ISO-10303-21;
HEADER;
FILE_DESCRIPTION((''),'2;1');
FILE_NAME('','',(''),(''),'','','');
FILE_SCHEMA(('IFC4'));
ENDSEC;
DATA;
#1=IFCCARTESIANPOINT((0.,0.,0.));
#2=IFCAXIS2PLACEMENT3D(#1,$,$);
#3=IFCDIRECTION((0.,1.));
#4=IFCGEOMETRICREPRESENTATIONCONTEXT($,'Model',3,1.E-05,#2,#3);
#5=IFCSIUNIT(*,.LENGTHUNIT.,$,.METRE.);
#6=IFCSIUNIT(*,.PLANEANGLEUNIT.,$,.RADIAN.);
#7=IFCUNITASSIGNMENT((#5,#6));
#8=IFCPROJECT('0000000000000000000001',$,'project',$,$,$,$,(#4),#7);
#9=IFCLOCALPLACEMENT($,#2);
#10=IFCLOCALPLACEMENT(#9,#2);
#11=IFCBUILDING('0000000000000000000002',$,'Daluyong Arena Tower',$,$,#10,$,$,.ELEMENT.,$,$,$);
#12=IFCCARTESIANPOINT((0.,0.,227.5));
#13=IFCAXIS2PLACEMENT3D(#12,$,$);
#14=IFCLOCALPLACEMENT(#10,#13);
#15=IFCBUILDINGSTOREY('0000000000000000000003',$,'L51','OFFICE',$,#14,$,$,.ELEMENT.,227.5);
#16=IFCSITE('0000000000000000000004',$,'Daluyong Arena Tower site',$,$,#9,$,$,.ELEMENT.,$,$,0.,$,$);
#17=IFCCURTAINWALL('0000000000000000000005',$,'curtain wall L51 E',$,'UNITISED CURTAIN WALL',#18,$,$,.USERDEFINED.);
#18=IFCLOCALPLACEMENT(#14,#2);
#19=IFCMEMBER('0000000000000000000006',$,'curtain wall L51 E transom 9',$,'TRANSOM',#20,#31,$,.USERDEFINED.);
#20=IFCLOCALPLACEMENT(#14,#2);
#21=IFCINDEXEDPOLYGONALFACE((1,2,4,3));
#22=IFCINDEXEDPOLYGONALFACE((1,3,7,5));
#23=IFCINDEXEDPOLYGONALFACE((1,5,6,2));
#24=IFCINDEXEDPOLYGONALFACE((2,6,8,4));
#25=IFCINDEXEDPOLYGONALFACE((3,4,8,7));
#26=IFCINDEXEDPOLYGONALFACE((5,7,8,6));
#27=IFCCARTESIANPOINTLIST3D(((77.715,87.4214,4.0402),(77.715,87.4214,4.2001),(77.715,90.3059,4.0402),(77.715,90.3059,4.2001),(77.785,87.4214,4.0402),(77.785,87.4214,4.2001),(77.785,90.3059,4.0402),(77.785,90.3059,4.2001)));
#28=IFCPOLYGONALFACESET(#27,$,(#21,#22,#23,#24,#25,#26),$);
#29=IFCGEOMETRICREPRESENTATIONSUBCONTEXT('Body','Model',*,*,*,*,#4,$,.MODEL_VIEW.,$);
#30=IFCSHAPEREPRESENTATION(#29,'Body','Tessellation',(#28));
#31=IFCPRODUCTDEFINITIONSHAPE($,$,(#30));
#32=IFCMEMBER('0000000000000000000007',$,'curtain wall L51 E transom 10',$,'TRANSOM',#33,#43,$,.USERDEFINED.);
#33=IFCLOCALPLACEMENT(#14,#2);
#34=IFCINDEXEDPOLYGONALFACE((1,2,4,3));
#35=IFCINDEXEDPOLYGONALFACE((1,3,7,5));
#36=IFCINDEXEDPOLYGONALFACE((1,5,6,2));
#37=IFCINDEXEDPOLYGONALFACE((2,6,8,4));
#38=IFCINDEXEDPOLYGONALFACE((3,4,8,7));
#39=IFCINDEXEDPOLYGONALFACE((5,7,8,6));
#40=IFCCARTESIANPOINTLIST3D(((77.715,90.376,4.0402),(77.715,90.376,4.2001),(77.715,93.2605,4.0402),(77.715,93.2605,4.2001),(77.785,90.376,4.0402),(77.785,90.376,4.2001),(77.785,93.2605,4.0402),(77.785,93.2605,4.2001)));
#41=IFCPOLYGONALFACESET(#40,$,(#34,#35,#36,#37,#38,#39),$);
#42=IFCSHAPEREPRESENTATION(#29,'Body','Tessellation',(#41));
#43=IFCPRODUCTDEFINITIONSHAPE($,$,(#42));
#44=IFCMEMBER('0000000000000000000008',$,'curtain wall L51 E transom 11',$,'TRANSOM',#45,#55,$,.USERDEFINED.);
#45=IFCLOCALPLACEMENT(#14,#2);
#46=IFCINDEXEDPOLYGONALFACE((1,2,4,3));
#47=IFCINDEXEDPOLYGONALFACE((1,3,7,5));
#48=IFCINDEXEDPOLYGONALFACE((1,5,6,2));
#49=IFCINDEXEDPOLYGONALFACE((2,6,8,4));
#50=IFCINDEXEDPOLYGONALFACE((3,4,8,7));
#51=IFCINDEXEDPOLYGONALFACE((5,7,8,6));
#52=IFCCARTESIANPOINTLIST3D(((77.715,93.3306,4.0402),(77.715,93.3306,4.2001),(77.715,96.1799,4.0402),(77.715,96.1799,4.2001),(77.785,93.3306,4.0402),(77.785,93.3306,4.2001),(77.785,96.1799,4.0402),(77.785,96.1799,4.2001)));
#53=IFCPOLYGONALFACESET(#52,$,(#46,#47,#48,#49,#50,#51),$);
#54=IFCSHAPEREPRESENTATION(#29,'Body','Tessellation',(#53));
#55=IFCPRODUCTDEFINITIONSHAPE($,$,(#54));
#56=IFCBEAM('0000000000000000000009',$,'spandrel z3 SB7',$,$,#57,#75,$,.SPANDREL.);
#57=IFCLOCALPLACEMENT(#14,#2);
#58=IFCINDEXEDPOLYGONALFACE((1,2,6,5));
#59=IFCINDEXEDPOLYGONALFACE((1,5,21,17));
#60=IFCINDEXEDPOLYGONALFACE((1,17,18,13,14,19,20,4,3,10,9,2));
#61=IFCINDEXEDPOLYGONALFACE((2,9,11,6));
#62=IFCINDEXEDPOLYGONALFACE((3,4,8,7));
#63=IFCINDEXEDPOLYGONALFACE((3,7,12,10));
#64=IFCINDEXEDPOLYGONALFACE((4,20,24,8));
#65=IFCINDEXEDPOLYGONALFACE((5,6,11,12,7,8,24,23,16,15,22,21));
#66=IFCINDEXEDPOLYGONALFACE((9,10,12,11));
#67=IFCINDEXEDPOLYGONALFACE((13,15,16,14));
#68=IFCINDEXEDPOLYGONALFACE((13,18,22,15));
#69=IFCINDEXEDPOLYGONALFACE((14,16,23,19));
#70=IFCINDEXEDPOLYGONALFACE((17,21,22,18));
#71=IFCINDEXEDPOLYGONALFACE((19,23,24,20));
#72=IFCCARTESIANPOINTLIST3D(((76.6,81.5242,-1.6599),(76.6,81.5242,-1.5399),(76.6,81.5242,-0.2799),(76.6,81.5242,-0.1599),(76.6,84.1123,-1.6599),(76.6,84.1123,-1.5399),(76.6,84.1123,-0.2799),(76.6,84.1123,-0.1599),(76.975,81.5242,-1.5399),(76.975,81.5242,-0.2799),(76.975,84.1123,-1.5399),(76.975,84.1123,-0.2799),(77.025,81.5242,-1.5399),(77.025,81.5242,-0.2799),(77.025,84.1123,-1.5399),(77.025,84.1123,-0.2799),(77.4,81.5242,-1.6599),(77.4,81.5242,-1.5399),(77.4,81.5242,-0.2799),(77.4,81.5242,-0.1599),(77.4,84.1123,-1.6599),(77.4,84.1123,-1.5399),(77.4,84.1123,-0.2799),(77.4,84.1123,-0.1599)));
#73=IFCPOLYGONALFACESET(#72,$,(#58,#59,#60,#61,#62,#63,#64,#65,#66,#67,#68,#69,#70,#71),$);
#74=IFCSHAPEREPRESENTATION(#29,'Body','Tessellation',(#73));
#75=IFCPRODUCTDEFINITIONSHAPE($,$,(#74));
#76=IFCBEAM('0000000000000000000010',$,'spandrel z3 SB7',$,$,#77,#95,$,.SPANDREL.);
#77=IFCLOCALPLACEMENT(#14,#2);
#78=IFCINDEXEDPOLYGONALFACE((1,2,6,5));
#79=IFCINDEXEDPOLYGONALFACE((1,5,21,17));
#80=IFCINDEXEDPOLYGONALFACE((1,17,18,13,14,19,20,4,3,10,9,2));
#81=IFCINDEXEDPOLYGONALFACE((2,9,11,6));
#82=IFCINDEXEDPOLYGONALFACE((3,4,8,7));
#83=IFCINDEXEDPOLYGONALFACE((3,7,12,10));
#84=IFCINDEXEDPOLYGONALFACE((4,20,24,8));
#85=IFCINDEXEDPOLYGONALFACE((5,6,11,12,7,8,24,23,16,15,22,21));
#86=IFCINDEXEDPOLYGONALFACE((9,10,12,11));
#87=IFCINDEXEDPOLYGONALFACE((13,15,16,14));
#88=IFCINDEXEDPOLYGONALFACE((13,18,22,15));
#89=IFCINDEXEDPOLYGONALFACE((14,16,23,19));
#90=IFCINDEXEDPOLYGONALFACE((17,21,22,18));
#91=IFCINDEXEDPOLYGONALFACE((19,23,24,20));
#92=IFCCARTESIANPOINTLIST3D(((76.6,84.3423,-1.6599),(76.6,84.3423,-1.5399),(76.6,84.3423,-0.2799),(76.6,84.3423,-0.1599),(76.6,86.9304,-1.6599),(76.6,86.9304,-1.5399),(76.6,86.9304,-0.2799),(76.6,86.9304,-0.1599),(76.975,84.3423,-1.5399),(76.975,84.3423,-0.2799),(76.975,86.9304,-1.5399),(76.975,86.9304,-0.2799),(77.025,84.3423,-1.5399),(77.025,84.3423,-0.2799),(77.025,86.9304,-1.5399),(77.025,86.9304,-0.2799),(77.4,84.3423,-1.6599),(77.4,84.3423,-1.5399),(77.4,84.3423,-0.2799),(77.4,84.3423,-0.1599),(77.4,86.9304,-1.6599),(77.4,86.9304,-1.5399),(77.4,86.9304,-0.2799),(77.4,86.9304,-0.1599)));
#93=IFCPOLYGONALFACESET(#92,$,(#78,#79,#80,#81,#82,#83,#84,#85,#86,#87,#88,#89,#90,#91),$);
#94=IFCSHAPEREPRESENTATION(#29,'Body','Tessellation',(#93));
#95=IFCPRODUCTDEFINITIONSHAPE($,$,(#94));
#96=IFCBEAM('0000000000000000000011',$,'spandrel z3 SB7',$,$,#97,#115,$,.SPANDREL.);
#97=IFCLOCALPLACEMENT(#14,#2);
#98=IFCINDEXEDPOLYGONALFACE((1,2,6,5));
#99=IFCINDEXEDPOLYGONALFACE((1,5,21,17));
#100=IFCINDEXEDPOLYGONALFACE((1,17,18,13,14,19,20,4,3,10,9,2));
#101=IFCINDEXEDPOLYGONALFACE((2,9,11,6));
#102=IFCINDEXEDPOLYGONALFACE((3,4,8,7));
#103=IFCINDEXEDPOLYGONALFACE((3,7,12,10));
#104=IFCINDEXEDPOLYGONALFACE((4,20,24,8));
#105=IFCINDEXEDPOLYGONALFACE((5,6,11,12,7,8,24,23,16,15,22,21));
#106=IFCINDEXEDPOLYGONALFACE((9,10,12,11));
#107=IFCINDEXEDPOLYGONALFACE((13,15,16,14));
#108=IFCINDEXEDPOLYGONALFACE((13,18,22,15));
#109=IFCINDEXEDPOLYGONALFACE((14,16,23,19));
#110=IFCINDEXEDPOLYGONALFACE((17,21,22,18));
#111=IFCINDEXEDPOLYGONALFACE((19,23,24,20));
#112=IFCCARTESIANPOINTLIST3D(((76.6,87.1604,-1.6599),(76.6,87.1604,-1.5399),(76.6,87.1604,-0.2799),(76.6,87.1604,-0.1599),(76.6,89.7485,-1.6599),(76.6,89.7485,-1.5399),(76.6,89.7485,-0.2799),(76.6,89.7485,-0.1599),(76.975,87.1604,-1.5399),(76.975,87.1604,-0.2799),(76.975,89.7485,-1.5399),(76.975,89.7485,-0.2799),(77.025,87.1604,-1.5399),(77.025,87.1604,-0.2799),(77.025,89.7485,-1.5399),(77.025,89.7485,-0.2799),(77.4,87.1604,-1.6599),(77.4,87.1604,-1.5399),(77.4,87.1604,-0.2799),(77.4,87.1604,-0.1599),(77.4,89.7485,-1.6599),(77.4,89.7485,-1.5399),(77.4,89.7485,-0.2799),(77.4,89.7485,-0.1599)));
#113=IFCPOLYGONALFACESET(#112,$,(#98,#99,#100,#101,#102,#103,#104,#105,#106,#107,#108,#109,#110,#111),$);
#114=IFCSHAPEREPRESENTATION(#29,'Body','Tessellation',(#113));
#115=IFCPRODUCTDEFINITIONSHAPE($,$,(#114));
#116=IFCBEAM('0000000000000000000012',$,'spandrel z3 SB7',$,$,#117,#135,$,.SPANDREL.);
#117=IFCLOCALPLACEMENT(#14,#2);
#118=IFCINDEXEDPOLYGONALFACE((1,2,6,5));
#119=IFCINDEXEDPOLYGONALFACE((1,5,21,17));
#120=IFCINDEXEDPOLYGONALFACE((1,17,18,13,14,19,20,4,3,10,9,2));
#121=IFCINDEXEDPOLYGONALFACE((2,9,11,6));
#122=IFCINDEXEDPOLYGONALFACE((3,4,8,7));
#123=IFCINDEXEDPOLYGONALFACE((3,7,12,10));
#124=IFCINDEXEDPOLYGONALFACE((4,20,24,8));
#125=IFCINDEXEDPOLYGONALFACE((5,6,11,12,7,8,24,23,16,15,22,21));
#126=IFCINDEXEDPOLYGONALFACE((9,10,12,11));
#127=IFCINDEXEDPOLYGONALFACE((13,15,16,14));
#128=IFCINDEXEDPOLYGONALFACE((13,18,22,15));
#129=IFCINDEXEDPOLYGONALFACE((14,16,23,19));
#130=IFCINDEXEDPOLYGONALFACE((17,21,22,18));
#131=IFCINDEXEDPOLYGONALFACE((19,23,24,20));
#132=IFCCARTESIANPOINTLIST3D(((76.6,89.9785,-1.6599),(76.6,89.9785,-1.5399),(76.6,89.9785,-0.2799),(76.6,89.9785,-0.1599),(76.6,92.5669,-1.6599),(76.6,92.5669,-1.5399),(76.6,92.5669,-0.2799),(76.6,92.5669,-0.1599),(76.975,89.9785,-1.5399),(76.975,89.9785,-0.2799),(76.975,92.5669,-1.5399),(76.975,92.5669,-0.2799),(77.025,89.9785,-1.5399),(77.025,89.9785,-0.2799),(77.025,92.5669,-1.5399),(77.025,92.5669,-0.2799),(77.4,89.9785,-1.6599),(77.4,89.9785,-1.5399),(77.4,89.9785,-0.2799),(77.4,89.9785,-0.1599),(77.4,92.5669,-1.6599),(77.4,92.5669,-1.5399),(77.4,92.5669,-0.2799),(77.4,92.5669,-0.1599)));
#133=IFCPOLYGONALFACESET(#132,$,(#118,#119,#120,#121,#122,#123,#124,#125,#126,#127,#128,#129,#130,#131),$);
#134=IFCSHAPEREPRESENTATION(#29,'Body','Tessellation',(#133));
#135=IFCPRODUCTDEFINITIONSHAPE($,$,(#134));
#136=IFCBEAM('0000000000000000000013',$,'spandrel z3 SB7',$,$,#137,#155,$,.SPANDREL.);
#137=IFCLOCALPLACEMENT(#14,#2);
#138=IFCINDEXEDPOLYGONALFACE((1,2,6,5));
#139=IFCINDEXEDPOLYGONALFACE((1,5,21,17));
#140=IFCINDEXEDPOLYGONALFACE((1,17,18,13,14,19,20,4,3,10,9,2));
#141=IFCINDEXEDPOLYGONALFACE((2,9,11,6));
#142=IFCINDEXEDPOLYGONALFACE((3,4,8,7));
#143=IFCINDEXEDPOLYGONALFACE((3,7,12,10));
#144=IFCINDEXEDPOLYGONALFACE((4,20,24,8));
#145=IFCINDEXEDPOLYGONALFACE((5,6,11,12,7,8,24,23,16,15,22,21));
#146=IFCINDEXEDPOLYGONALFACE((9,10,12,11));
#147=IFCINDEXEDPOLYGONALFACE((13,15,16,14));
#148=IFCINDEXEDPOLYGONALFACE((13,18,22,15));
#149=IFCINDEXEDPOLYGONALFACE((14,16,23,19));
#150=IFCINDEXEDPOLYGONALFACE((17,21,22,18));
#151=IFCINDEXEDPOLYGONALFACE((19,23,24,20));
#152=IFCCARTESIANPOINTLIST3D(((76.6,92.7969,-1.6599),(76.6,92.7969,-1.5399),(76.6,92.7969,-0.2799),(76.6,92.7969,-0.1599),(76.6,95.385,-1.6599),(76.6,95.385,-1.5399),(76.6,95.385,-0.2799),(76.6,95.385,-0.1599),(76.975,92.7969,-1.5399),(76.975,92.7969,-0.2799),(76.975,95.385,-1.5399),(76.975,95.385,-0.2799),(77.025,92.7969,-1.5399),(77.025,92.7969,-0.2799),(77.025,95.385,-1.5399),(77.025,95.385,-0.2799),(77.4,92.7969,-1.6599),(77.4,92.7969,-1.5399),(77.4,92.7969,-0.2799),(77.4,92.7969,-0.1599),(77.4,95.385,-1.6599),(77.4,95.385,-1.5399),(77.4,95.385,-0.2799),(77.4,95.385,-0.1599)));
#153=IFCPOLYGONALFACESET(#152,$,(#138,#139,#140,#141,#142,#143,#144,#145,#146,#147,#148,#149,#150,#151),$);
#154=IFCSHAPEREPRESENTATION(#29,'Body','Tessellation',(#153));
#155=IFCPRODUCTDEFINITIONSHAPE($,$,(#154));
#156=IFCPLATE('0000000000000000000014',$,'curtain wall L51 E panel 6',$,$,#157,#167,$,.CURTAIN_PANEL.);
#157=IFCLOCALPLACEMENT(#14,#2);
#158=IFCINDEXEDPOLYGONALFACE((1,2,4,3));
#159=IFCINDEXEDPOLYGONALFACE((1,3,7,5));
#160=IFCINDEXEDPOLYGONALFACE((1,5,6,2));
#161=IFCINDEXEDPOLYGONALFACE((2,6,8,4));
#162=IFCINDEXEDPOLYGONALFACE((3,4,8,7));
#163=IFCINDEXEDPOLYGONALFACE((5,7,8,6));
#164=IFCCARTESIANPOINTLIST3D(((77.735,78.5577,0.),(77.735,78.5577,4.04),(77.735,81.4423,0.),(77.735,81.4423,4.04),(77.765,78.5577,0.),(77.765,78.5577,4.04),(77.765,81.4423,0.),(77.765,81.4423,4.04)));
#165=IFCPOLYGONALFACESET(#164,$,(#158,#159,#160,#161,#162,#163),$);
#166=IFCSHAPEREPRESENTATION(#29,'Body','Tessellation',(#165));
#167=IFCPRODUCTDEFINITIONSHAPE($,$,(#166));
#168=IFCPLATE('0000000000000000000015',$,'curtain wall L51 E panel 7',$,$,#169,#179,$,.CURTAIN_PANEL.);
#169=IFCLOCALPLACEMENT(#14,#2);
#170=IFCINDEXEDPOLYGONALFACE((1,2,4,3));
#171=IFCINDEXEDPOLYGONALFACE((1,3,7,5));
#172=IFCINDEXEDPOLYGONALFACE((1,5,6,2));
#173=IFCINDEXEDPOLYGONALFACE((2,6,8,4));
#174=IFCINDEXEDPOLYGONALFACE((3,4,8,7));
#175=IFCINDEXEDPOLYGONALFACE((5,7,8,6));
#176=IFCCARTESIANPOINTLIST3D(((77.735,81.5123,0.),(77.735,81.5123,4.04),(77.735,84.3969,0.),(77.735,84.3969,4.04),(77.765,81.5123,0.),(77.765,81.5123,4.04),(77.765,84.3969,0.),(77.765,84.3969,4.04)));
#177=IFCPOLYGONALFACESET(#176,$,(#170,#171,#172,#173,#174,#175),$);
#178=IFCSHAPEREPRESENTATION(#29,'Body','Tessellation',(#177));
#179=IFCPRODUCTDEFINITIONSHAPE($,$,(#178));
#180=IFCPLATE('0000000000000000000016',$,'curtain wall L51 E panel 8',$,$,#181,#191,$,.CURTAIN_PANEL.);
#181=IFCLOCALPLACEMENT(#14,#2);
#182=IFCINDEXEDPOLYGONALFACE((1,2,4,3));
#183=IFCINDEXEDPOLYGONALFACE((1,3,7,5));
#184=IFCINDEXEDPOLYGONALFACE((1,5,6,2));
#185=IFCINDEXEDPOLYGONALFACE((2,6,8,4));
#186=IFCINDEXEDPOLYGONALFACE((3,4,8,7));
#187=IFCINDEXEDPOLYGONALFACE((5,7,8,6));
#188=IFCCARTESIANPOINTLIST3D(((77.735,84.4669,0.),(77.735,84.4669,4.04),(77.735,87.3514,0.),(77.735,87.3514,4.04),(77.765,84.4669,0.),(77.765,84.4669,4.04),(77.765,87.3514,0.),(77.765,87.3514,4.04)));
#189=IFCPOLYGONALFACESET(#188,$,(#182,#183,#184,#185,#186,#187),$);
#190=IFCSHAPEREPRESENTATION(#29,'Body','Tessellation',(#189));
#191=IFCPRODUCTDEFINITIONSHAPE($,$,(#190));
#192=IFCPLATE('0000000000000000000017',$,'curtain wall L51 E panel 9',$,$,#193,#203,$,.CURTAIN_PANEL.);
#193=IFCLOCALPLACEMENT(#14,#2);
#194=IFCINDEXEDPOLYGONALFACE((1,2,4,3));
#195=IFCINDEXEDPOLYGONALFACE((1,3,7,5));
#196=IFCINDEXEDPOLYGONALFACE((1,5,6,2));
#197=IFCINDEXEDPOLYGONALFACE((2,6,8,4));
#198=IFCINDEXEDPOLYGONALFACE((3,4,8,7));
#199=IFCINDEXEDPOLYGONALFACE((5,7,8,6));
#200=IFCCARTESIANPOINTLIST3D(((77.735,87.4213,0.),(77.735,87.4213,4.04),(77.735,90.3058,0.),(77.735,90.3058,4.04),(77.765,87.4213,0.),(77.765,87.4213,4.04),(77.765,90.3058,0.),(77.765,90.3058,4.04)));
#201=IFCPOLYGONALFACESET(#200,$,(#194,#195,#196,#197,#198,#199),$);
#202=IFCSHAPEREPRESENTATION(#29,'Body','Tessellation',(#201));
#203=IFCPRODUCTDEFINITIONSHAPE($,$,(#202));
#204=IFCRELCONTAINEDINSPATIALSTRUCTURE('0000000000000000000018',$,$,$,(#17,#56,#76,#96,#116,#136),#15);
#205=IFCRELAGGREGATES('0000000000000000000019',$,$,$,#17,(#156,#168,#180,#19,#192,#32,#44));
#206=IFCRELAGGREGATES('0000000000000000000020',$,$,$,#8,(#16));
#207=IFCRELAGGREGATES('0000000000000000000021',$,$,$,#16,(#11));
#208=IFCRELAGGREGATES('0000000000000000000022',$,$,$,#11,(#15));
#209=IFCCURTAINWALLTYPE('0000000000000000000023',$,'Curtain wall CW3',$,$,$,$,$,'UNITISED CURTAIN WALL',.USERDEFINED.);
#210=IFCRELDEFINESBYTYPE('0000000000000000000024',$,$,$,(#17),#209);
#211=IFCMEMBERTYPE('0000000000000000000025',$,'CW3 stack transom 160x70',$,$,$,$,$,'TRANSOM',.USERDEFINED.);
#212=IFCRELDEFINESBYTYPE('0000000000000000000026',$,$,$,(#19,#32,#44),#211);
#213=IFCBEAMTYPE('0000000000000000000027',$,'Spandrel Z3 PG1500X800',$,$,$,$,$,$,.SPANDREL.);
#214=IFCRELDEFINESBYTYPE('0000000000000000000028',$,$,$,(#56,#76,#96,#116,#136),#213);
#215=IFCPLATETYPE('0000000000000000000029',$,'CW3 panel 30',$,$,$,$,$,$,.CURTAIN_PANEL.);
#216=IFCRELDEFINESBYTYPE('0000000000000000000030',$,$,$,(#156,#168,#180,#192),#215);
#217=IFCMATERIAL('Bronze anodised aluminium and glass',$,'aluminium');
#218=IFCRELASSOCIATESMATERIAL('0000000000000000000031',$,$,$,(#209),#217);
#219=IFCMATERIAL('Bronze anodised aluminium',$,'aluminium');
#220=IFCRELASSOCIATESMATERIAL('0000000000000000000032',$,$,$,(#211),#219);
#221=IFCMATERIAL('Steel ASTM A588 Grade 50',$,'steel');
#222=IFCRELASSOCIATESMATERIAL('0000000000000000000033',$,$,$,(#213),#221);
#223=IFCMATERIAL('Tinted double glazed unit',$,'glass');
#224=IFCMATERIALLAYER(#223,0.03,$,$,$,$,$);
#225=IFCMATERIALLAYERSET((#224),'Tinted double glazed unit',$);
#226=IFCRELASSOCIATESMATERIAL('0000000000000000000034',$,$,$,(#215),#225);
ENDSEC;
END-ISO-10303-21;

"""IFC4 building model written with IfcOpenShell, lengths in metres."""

from ifc_helpers import new_model, si_unit, direction, frame, origin, origin_2d, place, context, subcontext, project, spatial, rectangle, i_section, extrude, material, layer, layer_set, material_profile, profile_set, type_object, element, aggregate, save


model = new_model("IFC4")

# Units and contexts
model_context = context("Model", 3, precision=1e-05, world=origin(), true_north=direction((0.0, 1.0)))
body_context = subcontext(model_context, "Body", "Model", "MODEL_VIEW")
ifc_project = project(units=[si_unit("LENGTHUNIT", "METRE"), si_unit("PLANEANGLEUNIT", "RADIAN")], contexts=[model_context])

# Site, building, storey
site_placement = place(None, origin())
site = spatial("IfcSite", under=ifc_project, at=site_placement, Name="Daluyong Arena Tower site", CompositionType="ELEMENT", RefElevation=0.0)
building_placement = place(site_placement, origin())
building = spatial("IfcBuilding", under=site, at=building_placement, Name="Daluyong Arena Tower", CompositionType="ELEMENT")
storey_placement = place(building_placement, frame((0.0, 0.0, 227.5)))
storey = spatial("IfcBuildingStorey", under=building, at=storey_placement, Name="L51", Description="OFFICE", CompositionType="ELEMENT", Elevation=227.5)

# Curtain wall, members
ifc_material_1 = material(Name="Bronze anodised aluminium and glass", Category="aluminium")
curtain_wall_type = type_object("IfcCurtainWallType", Name="Curtain wall CW3", ElementType="UNITISED CURTAIN WALL", PredefinedType="USERDEFINED", material=ifc_material_1)
curtain_wall_placement = place(storey_placement, origin())
curtain_wall = element("IfcCurtainWall", 1, at=curtain_wall_placement, inside=storey, type_object=curtain_wall_type, Name="curtain wall L51 E", ObjectType="UNITISED CURTAIN WALL", PredefinedType="USERDEFINED")
ifc_material_2 = material(Name="Bronze anodised aluminium", Category="aluminium")
ifc_material_profile_1 = material_profile(ifc_material_2, rectangle(XDim=0.0701, YDim=0.1599, at=origin_2d()))
ifc_profile_set_1 = profile_set([ifc_material_profile_1], Name="Bronze anodised aluminium")
member_type_1 = type_object("IfcMemberType", Name="CW3 stack transom 160x70", ElementType="TRANSOM", PredefinedType="USERDEFINED", material=ifc_profile_set_1)
member_1_placement = place(storey_placement, frame((77.75, 87.4214, 4.1201), z_axis=(0.0, 1.0, 0.0), x_axis=(-1.0, 0.0, 0.0)))
member_1 = element("IfcMember", 2, at=member_1_placement, type_object=member_type_1, Name="curtain wall L51 E transom 9", ObjectType="TRANSOM", PredefinedType="USERDEFINED", context=body_context, shape_type="SweptSolid", body=[
    extrude(rectangle(XDim=0.0701, YDim=0.1599, at=origin_2d()), origin(), (0.0, 0.0, 1.0), 2.8845),
])
member_2_placement = place(storey_placement, frame((77.75, 90.376, 4.1201), z_axis=(0.0, 1.0, 0.0), x_axis=(-1.0, 0.0, 0.0)))
member_2 = element("IfcMember", 3, at=member_2_placement, type_object=member_type_1, Name="curtain wall L51 E transom 10", ObjectType="TRANSOM", PredefinedType="USERDEFINED", context=body_context, shape_type="SweptSolid", body=[
    extrude(rectangle(XDim=0.0701, YDim=0.1599, at=origin_2d()), origin(), (0.0, 0.0, 1.0), 2.8845),
])
member_3_placement = place(storey_placement, frame((77.75, 93.3306, 4.1201), z_axis=(0.0, 1.0, 0.0), x_axis=(-1.0, 0.0, 0.0)))
member_3 = element("IfcMember", 4, at=member_3_placement, type_object=member_type_1, Name="curtain wall L51 E transom 11", ObjectType="TRANSOM", PredefinedType="USERDEFINED", context=body_context, shape_type="SweptSolid", body=[
    extrude(rectangle(XDim=0.0701, YDim=0.1599, at=origin_2d()), origin(), (0.0, 0.0, 1.0), 2.8494),
])

# Beams
ifc_material_3 = material(Name="Steel ASTM A588 Grade 50", Category="steel")
ifc_material_profile_2 = material_profile(ifc_material_3, i_section(OverallWidth=0.8, OverallDepth=1.5, WebThickness=0.05, FlangeThickness=0.12, at=origin_2d()))
ifc_profile_set_2 = profile_set([ifc_material_profile_2], Name="Steel ASTM A588 Grade 50")
beam_type = type_object("IfcBeamType", Name="Spandrel Z3 PG1500X800", PredefinedType="SPANDREL", material=ifc_profile_set_2)
for number, where, z_axis, x_axis, name in (
    (5, (77.0, 81.5242, -0.9099), (0.0, 1.0, 0.0), (-1.0, 0.0, 0.0), "spandrel z3 SB7"),
    (6, (77.0, 84.3423, -0.9099), (0.0, 1.0, 0.0), (-1.0, 0.0, 0.0), "spandrel z3 SB7"),
    (7, (77.0, 87.1604, -0.9099), (0.0, 1.0, 0.0), (-1.0, 0.0, 0.0), "spandrel z3 SB7"),
):
    element("IfcBeam", number, at=place(storey_placement, frame(where, z_axis=z_axis, x_axis=x_axis)), inside=storey, type_object=beam_type, Name=name, PredefinedType="SPANDREL", context=body_context, shape_type="SweptSolid", body=[
        extrude(i_section(OverallWidth=0.8, OverallDepth=1.5, WebThickness=0.05, FlangeThickness=0.12, at=origin_2d()), origin(), (0.0, 0.0, 1.0), 2.5881),
    ])
beam_1_placement = place(storey_placement, frame((77.0, 89.9785, -0.9099), z_axis=(0.0, 1.0, 0.0), x_axis=(-1.0, 0.0, 0.0)))
element("IfcBeam", 8, at=beam_1_placement, inside=storey, type_object=beam_type, Name="spandrel z3 SB7", PredefinedType="SPANDREL", context=body_context, shape_type="SweptSolid", body=[
    extrude(i_section(OverallWidth=0.8, OverallDepth=1.5, WebThickness=0.05, FlangeThickness=0.12, at=origin_2d()), origin(), (0.0, 0.0, 1.0), 2.5884),
])
beam_2_placement = place(storey_placement, frame((77.0, 92.7969, -0.9099), z_axis=(0.0, 1.0, 0.0), x_axis=(-1.0, 0.0, 0.0)))
element("IfcBeam", 9, at=beam_2_placement, inside=storey, type_object=beam_type, Name="spandrel z3 SB7", PredefinedType="SPANDREL", context=body_context, shape_type="SweptSolid", body=[
    extrude(i_section(OverallWidth=0.8, OverallDepth=1.5, WebThickness=0.05, FlangeThickness=0.12, at=origin_2d()), origin(), (0.0, 0.0, 1.0), 2.5881),
])

# Plates
ifc_material_4 = material(Name="Tinted double glazed unit", Category="glass")
ifc_layer = layer(ifc_material_4, 0.03)
ifc_layer_set = layer_set([ifc_layer], Name="Tinted double glazed unit")
plate_type = type_object("IfcPlateType", Name="CW3 panel 30", PredefinedType="CURTAIN_PANEL", material=ifc_layer_set)
plate_1_placement = place(storey_placement, frame((77.75, 80.0, 0.0), z_axis=(0.0, 0.0, 1.0), x_axis=(0.0, 1.0, 0.0)))
plate_1 = element("IfcPlate", 10, at=plate_1_placement, type_object=plate_type, Name="curtain wall L51 E panel 6", PredefinedType="CURTAIN_PANEL", context=body_context, shape_type="SweptSolid", body=[
    extrude(rectangle(XDim=2.8845, YDim=0.03, at=origin_2d()), origin(), (0.0, 0.0, 1.0), 4.04),
])
plate_2_placement = place(storey_placement, frame((77.75, 82.9546, 0.0), z_axis=(0.0, 0.0, 1.0), x_axis=(0.0, 1.0, 0.0)))
plate_2 = element("IfcPlate", 11, at=plate_2_placement, type_object=plate_type, Name="curtain wall L51 E panel 7", PredefinedType="CURTAIN_PANEL", context=body_context, shape_type="SweptSolid", body=[
    extrude(rectangle(XDim=2.8845, YDim=0.03, at=origin_2d()), origin(), (0.0, 0.0, 1.0), 4.04),
])
plate_3_placement = place(storey_placement, frame((77.75, 85.9092, 0.0), z_axis=(0.0, 0.0, 1.0), x_axis=(0.0, 1.0, 0.0)))
plate_3 = element("IfcPlate", 12, at=plate_3_placement, type_object=plate_type, Name="curtain wall L51 E panel 8", PredefinedType="CURTAIN_PANEL", context=body_context, shape_type="SweptSolid", body=[
    extrude(rectangle(XDim=2.8845, YDim=0.03, at=origin_2d()), origin(), (0.0, 0.0, 1.0), 4.04),
])
plate_4_placement = place(storey_placement, frame((77.75, 88.8635, 0.0), z_axis=(0.0, 0.0, 1.0), x_axis=(0.0, 1.0, 0.0)))
plate_4 = element("IfcPlate", 13, at=plate_4_placement, type_object=plate_type, Name="curtain wall L51 E panel 9", PredefinedType="CURTAIN_PANEL", context=body_context, shape_type="SweptSolid", body=[
    extrude(rectangle(XDim=2.8845, YDim=0.03, at=origin_2d()), origin(), (0.0, 0.0, 1.0), 4.04),
])
aggregate(curtain_wall, [plate_1, plate_2, plate_3, member_1, plate_4, member_2, member_3])

save(model, "model.ifc")
